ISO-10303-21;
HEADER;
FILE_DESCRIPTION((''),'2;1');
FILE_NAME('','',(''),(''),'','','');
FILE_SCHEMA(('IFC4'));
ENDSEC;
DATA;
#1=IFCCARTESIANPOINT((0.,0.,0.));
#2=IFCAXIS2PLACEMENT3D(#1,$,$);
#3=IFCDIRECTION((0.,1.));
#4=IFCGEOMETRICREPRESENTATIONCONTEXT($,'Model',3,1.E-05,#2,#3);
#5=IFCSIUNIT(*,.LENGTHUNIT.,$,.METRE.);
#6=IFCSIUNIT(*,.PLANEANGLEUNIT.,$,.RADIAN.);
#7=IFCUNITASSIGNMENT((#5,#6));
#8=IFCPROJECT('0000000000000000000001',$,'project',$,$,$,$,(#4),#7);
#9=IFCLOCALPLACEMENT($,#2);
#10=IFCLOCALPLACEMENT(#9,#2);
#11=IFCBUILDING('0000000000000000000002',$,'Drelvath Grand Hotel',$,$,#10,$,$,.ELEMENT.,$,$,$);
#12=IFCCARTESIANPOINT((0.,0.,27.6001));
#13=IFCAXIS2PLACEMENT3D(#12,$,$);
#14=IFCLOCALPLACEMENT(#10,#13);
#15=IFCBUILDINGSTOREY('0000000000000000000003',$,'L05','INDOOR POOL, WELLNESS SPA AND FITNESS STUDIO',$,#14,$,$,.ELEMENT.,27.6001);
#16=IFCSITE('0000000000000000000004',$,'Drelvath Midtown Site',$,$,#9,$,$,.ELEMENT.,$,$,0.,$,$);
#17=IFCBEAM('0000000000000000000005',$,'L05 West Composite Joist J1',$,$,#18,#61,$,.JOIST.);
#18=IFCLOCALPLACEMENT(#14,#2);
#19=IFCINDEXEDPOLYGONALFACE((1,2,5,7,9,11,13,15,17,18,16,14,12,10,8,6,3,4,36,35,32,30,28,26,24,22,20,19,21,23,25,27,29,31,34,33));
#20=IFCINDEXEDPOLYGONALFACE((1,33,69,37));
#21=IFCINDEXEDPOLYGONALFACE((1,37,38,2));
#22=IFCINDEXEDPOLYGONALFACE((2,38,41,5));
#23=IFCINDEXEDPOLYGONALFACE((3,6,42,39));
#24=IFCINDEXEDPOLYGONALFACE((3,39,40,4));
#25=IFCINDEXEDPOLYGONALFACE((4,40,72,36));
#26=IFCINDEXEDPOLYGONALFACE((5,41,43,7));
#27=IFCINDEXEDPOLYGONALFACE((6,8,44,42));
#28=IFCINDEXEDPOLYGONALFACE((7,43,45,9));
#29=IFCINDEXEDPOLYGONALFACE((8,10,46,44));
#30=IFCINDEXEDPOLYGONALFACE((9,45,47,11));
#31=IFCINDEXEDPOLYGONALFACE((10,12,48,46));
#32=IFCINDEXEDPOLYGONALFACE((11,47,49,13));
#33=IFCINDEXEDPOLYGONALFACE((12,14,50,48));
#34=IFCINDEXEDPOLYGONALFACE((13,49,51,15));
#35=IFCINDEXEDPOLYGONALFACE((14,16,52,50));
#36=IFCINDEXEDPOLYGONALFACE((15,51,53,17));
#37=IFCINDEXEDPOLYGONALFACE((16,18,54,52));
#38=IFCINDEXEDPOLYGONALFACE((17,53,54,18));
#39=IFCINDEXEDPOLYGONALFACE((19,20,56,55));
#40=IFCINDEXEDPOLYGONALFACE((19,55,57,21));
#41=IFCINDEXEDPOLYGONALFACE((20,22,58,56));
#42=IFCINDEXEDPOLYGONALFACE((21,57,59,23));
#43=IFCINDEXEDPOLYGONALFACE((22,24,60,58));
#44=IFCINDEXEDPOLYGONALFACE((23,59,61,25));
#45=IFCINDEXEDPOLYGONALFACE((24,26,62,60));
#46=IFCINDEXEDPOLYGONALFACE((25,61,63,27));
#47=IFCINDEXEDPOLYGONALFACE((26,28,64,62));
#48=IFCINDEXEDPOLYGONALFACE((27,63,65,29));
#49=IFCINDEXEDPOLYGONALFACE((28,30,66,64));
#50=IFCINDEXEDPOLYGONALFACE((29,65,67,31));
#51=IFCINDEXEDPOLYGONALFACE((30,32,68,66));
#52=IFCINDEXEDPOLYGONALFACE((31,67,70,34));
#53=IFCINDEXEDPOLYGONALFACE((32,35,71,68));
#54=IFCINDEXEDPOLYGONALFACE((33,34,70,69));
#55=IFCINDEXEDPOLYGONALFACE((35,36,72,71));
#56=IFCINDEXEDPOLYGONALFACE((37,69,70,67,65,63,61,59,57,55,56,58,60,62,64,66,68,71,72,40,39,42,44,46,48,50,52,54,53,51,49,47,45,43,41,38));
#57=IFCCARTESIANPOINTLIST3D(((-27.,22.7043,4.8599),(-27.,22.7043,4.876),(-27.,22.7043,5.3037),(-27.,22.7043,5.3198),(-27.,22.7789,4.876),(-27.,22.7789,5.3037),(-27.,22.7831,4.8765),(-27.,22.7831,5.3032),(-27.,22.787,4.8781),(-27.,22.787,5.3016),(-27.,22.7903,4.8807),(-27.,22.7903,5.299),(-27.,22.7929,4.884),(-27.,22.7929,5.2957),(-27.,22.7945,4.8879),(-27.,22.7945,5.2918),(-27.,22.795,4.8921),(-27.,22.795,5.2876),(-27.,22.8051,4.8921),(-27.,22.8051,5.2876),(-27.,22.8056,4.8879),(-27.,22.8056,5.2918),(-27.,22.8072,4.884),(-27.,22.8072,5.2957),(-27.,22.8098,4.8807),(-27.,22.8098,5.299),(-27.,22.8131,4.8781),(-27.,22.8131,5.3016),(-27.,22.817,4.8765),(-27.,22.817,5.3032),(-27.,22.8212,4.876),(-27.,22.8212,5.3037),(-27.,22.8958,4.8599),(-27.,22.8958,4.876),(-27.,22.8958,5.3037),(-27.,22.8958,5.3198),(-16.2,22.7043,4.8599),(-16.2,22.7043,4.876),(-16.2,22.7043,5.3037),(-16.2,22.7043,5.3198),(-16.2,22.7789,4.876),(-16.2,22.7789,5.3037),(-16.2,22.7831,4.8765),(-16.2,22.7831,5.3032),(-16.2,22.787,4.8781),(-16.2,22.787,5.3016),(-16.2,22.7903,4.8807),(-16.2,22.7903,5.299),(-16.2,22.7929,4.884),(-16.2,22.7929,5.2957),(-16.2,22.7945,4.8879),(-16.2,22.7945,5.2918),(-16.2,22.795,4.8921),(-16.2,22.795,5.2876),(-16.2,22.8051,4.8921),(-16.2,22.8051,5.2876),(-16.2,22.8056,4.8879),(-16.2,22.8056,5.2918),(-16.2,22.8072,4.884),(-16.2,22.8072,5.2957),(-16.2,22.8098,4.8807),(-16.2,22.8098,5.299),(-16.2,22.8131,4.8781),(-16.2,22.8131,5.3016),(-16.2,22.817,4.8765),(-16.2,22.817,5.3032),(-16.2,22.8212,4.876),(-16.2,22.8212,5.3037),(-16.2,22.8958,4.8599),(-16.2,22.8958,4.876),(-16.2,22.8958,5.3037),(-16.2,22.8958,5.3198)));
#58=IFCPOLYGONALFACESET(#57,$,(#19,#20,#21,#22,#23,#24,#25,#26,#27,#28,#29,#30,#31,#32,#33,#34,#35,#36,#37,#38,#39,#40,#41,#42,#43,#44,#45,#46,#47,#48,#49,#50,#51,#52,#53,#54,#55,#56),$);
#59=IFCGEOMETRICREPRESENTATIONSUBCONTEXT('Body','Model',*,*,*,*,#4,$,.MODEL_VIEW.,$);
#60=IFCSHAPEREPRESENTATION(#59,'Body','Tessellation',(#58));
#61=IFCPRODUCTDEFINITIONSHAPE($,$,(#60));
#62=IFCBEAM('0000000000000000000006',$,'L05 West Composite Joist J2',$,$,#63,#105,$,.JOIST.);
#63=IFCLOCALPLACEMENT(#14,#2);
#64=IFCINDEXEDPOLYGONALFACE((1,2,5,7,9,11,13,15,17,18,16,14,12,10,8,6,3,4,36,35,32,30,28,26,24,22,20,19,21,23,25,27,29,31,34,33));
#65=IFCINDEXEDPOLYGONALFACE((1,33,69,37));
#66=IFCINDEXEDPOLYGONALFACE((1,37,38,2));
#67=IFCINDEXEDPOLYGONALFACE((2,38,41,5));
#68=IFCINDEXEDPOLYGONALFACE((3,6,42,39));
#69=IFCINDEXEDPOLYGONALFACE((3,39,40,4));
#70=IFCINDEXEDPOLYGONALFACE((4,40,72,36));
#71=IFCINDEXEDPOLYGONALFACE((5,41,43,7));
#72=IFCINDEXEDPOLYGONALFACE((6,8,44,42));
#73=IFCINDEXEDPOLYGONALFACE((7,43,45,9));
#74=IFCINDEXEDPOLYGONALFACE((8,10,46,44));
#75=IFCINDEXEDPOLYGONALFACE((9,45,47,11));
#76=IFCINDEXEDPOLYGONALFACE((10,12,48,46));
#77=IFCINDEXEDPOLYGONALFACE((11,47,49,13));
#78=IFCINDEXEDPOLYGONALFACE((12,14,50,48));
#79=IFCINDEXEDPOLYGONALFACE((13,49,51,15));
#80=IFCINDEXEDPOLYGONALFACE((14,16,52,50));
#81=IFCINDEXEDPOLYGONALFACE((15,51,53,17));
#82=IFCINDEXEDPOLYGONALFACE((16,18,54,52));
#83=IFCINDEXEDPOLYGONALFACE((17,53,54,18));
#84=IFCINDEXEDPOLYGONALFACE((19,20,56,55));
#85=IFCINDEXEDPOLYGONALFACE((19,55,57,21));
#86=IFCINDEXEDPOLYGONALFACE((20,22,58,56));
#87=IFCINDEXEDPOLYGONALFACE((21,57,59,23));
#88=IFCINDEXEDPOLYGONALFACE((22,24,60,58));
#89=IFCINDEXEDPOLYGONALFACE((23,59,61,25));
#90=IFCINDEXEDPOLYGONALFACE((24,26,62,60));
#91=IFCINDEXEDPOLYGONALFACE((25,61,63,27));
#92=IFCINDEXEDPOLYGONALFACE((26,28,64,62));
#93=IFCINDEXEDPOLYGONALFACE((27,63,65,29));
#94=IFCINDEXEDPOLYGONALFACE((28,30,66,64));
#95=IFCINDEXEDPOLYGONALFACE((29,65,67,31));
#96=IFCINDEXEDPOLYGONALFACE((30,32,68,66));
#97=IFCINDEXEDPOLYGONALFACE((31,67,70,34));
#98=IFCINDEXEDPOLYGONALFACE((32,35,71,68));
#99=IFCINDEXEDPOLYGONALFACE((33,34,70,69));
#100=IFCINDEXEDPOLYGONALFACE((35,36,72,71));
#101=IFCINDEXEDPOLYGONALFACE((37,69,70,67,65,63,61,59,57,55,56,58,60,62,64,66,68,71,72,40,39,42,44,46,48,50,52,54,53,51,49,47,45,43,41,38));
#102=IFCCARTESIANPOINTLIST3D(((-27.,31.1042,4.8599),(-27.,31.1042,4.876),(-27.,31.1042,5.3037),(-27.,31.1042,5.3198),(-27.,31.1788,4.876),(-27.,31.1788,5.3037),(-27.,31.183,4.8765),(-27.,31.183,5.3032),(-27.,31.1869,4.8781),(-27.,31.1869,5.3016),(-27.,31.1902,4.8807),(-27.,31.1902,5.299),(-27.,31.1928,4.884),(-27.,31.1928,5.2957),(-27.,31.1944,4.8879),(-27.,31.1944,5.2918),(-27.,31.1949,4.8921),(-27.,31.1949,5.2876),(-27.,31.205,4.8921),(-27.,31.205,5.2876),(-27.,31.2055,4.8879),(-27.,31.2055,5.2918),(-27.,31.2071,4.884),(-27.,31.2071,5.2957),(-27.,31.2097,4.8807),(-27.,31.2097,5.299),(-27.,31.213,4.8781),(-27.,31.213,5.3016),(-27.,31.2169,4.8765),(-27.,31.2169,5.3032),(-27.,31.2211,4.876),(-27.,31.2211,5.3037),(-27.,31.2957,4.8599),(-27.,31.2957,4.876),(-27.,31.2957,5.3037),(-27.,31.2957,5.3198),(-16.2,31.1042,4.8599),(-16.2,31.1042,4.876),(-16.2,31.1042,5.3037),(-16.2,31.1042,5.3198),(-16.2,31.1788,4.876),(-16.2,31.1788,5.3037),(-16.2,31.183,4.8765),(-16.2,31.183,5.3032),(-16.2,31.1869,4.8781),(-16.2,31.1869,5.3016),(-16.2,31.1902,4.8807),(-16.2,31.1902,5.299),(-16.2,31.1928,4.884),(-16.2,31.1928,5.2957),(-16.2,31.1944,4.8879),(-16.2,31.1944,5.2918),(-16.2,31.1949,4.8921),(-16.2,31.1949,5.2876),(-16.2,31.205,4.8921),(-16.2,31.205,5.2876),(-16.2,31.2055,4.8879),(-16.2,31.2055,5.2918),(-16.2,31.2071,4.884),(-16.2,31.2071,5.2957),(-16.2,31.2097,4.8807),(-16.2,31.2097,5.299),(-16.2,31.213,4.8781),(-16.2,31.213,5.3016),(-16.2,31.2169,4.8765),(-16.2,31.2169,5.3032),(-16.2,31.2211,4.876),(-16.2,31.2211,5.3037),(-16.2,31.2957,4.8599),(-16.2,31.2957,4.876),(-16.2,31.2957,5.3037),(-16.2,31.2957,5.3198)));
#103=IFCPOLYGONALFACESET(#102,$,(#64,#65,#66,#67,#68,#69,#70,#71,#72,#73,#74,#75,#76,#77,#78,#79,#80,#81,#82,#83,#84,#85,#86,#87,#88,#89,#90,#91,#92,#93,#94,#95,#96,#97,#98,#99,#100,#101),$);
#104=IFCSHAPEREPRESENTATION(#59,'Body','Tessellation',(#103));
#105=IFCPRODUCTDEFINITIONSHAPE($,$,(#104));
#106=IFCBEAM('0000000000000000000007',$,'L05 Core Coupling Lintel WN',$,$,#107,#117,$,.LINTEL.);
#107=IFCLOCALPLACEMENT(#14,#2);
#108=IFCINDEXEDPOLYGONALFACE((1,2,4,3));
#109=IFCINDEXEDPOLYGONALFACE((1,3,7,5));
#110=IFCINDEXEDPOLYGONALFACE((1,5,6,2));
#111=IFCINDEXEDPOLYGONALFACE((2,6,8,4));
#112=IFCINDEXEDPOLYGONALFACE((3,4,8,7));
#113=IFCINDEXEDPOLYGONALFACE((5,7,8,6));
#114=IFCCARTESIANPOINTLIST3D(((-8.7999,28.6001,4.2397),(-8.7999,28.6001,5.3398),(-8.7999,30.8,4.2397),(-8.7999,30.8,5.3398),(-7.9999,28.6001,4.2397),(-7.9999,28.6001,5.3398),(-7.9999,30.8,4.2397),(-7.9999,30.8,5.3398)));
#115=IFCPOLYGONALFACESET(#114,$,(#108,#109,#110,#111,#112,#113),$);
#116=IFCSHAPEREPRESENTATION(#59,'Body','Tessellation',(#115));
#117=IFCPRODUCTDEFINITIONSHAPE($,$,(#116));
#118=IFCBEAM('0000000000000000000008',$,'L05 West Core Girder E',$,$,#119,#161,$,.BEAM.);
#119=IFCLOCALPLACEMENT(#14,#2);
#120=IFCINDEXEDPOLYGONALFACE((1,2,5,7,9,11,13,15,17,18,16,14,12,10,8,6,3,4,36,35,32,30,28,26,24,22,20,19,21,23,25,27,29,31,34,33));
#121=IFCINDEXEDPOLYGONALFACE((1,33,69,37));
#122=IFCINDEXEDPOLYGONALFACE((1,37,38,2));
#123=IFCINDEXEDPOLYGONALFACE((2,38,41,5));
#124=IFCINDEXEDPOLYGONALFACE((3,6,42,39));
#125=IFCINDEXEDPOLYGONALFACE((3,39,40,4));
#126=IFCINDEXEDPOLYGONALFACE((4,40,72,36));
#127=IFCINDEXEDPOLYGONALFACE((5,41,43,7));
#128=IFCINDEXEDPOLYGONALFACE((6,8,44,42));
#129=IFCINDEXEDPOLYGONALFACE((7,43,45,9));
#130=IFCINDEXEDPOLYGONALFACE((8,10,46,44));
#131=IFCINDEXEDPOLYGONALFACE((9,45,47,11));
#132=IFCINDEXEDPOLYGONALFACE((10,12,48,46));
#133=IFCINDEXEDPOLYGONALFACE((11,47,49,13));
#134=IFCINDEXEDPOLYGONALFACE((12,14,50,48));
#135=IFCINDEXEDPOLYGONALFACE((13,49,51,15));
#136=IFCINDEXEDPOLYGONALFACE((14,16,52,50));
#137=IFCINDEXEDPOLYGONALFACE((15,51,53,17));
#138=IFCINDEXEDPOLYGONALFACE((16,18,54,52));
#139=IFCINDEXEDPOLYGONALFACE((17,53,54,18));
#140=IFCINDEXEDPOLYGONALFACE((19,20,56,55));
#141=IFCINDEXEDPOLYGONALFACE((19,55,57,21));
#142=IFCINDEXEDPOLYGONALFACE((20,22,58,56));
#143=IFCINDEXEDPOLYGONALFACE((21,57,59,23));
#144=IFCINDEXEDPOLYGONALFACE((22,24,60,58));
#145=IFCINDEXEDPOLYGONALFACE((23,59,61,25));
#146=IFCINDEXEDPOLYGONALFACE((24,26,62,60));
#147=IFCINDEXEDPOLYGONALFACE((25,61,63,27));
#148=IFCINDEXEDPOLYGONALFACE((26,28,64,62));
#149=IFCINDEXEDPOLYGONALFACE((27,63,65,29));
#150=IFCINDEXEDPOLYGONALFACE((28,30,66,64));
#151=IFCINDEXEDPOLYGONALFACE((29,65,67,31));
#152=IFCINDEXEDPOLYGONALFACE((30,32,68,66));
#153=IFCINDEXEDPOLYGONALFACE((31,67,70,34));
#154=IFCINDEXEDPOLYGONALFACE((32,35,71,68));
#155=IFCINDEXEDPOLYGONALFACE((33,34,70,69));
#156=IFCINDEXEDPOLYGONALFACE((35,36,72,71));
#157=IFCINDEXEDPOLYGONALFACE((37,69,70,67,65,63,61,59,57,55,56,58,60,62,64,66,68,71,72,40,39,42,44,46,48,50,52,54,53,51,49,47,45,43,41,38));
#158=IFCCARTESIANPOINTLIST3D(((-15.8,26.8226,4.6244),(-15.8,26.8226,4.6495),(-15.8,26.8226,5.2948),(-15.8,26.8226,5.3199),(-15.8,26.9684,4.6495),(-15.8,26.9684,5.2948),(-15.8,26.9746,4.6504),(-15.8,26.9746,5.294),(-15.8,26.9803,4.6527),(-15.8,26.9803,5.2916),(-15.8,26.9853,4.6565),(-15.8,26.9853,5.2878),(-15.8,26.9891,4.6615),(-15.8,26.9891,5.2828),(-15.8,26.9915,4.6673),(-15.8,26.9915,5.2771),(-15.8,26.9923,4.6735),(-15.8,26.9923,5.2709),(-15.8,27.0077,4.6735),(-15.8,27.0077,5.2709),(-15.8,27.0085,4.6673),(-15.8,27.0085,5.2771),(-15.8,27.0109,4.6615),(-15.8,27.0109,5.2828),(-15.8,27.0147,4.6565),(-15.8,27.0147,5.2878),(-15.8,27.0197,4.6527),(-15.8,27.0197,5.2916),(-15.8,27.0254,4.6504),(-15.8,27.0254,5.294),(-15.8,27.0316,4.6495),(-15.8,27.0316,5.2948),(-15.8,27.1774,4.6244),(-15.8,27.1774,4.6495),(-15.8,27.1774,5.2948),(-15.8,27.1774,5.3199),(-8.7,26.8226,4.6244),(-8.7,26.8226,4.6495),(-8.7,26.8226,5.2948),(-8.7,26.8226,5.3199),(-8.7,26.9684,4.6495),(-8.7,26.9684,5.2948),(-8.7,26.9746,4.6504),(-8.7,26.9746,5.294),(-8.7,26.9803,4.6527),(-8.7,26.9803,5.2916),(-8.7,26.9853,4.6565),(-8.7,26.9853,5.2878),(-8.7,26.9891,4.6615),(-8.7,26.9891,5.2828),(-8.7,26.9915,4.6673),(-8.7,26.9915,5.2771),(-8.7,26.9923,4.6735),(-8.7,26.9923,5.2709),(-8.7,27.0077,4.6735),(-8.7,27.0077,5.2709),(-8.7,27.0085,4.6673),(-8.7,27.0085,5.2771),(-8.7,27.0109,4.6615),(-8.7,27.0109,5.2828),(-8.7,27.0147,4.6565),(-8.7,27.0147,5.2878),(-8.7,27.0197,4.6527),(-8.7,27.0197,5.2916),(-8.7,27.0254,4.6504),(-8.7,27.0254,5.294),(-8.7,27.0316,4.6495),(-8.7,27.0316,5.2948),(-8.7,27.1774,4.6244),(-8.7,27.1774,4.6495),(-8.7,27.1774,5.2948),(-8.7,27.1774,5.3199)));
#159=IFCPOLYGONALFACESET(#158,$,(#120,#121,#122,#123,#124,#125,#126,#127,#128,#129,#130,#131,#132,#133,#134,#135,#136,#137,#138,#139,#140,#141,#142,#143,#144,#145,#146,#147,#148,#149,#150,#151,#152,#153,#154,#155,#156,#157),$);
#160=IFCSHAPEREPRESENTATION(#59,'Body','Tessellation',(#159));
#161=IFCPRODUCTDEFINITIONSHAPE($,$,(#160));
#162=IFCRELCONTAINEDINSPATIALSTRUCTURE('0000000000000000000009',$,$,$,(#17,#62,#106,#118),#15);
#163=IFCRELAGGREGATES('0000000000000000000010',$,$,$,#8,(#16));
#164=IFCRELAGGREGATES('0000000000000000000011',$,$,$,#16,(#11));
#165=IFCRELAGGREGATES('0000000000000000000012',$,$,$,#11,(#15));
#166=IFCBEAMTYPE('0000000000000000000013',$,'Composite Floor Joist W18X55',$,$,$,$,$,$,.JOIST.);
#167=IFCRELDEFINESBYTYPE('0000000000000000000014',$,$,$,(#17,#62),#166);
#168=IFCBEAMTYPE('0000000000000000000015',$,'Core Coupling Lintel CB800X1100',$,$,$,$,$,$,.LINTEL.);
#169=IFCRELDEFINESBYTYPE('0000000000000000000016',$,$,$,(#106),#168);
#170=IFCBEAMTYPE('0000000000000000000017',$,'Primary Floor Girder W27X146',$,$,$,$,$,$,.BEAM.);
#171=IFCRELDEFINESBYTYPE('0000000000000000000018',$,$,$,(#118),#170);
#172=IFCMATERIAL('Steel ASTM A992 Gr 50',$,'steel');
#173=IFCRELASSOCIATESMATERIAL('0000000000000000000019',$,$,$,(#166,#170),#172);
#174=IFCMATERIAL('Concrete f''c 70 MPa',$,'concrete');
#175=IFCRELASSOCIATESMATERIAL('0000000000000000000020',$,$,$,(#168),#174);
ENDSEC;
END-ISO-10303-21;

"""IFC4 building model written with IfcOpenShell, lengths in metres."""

from ifc_helpers import new_model, si_unit, direction, frame, origin, origin_2d, place, context, subcontext, project, spatial, rectangle, i_section, extrude, material, material_profile, profile_set, type_object, element, save


model = new_model("IFC4")

# Units and contexts
model_context = context("Model", 3, precision=1e-05, world=origin(), true_north=direction((0.0, 1.0)))
body_context = subcontext(model_context, "Body", "Model", "MODEL_VIEW")
ifc_project = project(units=[si_unit("LENGTHUNIT", "METRE"), si_unit("PLANEANGLEUNIT", "RADIAN")], contexts=[model_context])

# Site, building, storey
site_placement = place(None, origin())
site = spatial("IfcSite", under=ifc_project, at=site_placement, Name="Drelvath Midtown Site", CompositionType="ELEMENT", RefElevation=0.0)
building_placement = place(site_placement, origin())
building = spatial("IfcBuilding", under=site, at=building_placement, Name="Drelvath Grand Hotel", CompositionType="ELEMENT")
storey_placement = place(building_placement, frame((0.0, 0.0, 27.6001)))
storey = spatial("IfcBuildingStorey", under=building, at=storey_placement, Name="L05", Description="INDOOR POOL, WELLNESS SPA AND FITNESS STUDIO", CompositionType="ELEMENT", Elevation=27.6001)

# Beams
ifc_material_1 = material(Name="Steel ASTM A992 Gr 50", Category="steel")
ifc_material_profile_1 = material_profile(ifc_material_1, i_section(OverallWidth=0.1914, OverallDepth=0.46, WebThickness=0.01, FlangeThickness=0.0161, FilletRadius=0.0161, at=origin_2d()), Name="W18X55")
ifc_profile_set_1 = profile_set([ifc_material_profile_1], Name="Steel ASTM A992 Gr 50")
beam_type_1 = type_object("IfcBeamType", Name="Composite Floor Joist W18X55", PredefinedType="JOIST", material=ifc_profile_set_1)
for number, where, z_axis, x_axis, name in (
    (1, (-27.0, 22.8, 5.0898), (1.0, 0.0, 0.0), (0.0, 1.0, 0.0), "L05 West Composite Joist J1"),
    (2, (-27.0, 31.2, 5.0898), (1.0, 0.0, 0.0), (0.0, 1.0, 0.0), "L05 West Composite Joist J2"),
):
    element("IfcBeam", number, at=place(storey_placement, frame(where, z_axis=z_axis, x_axis=x_axis)), inside=storey, type_object=beam_type_1, Name=name, PredefinedType="JOIST", context=body_context, shape_type="SweptSolid", body=[
        extrude(i_section(OverallWidth=0.1914, OverallDepth=0.46, WebThickness=0.01, FlangeThickness=0.0161, FilletRadius=0.0161, at=origin_2d()), origin(), (0.0, 0.0, 1.0), 10.8),
    ])
ifc_material_2 = material(Name="Concrete f'c 70 MPa", Category="concrete")
ifc_material_profile_2 = material_profile(ifc_material_2, rectangle(XDim=0.8, YDim=1.1001, at=origin_2d()), Name="CB800X1100")
ifc_profile_set_2 = profile_set([ifc_material_profile_2], Name="Concrete f'c 70 MPa")
beam_type_2 = type_object("IfcBeamType", Name="Core Coupling Lintel CB800X1100", PredefinedType="LINTEL", material=ifc_profile_set_2)
beam_1_placement = place(storey_placement, frame((-8.3999, 28.6001, 4.7898), z_axis=(0.0, 1.0, 0.0), x_axis=(-1.0, 0.0, 0.0)))
element("IfcBeam", 3, at=beam_1_placement, inside=storey, type_object=beam_type_2, Name="L05 Core Coupling Lintel WN", PredefinedType="LINTEL", context=body_context, shape_type="SweptSolid", body=[
    extrude(rectangle(XDim=0.8, YDim=1.1001, at=origin_2d()), origin(), (0.0, 0.0, 1.0), 2.2),
])
ifc_material_profile_3 = material_profile(ifc_material_1, i_section(OverallWidth=0.3547, OverallDepth=0.6956, WebThickness=0.0154, FlangeThickness=0.0251, FilletRadius=0.0239, at=origin_2d()), Name="W27X146")
ifc_profile_set_3 = profile_set([ifc_material_profile_3], Name="Steel ASTM A992 Gr 50")
beam_type_3 = type_object("IfcBeamType", Name="Primary Floor Girder W27X146", PredefinedType="BEAM", material=ifc_profile_set_3)
for number, where, z_axis, x_axis, name in (
    (4, (-15.8, 27.0, 4.9722), (1.0, 0.0, 0.0), (0.0, 1.0, 0.0), "L05 West Core Girder E"),
):
    element("IfcBeam", number, at=place(storey_placement, frame(where, z_axis=z_axis, x_axis=x_axis)), inside=storey, type_object=beam_type_3, Name=name, PredefinedType="BEAM", context=body_context, shape_type="SweptSolid", body=[
        extrude(i_section(OverallWidth=0.3547, OverallDepth=0.6956, WebThickness=0.0154, FlangeThickness=0.0251, FilletRadius=0.0239, at=origin_2d()), origin(), (0.0, 0.0, 1.0), 7.1001),
    ])

save(model, "model.ifc")
